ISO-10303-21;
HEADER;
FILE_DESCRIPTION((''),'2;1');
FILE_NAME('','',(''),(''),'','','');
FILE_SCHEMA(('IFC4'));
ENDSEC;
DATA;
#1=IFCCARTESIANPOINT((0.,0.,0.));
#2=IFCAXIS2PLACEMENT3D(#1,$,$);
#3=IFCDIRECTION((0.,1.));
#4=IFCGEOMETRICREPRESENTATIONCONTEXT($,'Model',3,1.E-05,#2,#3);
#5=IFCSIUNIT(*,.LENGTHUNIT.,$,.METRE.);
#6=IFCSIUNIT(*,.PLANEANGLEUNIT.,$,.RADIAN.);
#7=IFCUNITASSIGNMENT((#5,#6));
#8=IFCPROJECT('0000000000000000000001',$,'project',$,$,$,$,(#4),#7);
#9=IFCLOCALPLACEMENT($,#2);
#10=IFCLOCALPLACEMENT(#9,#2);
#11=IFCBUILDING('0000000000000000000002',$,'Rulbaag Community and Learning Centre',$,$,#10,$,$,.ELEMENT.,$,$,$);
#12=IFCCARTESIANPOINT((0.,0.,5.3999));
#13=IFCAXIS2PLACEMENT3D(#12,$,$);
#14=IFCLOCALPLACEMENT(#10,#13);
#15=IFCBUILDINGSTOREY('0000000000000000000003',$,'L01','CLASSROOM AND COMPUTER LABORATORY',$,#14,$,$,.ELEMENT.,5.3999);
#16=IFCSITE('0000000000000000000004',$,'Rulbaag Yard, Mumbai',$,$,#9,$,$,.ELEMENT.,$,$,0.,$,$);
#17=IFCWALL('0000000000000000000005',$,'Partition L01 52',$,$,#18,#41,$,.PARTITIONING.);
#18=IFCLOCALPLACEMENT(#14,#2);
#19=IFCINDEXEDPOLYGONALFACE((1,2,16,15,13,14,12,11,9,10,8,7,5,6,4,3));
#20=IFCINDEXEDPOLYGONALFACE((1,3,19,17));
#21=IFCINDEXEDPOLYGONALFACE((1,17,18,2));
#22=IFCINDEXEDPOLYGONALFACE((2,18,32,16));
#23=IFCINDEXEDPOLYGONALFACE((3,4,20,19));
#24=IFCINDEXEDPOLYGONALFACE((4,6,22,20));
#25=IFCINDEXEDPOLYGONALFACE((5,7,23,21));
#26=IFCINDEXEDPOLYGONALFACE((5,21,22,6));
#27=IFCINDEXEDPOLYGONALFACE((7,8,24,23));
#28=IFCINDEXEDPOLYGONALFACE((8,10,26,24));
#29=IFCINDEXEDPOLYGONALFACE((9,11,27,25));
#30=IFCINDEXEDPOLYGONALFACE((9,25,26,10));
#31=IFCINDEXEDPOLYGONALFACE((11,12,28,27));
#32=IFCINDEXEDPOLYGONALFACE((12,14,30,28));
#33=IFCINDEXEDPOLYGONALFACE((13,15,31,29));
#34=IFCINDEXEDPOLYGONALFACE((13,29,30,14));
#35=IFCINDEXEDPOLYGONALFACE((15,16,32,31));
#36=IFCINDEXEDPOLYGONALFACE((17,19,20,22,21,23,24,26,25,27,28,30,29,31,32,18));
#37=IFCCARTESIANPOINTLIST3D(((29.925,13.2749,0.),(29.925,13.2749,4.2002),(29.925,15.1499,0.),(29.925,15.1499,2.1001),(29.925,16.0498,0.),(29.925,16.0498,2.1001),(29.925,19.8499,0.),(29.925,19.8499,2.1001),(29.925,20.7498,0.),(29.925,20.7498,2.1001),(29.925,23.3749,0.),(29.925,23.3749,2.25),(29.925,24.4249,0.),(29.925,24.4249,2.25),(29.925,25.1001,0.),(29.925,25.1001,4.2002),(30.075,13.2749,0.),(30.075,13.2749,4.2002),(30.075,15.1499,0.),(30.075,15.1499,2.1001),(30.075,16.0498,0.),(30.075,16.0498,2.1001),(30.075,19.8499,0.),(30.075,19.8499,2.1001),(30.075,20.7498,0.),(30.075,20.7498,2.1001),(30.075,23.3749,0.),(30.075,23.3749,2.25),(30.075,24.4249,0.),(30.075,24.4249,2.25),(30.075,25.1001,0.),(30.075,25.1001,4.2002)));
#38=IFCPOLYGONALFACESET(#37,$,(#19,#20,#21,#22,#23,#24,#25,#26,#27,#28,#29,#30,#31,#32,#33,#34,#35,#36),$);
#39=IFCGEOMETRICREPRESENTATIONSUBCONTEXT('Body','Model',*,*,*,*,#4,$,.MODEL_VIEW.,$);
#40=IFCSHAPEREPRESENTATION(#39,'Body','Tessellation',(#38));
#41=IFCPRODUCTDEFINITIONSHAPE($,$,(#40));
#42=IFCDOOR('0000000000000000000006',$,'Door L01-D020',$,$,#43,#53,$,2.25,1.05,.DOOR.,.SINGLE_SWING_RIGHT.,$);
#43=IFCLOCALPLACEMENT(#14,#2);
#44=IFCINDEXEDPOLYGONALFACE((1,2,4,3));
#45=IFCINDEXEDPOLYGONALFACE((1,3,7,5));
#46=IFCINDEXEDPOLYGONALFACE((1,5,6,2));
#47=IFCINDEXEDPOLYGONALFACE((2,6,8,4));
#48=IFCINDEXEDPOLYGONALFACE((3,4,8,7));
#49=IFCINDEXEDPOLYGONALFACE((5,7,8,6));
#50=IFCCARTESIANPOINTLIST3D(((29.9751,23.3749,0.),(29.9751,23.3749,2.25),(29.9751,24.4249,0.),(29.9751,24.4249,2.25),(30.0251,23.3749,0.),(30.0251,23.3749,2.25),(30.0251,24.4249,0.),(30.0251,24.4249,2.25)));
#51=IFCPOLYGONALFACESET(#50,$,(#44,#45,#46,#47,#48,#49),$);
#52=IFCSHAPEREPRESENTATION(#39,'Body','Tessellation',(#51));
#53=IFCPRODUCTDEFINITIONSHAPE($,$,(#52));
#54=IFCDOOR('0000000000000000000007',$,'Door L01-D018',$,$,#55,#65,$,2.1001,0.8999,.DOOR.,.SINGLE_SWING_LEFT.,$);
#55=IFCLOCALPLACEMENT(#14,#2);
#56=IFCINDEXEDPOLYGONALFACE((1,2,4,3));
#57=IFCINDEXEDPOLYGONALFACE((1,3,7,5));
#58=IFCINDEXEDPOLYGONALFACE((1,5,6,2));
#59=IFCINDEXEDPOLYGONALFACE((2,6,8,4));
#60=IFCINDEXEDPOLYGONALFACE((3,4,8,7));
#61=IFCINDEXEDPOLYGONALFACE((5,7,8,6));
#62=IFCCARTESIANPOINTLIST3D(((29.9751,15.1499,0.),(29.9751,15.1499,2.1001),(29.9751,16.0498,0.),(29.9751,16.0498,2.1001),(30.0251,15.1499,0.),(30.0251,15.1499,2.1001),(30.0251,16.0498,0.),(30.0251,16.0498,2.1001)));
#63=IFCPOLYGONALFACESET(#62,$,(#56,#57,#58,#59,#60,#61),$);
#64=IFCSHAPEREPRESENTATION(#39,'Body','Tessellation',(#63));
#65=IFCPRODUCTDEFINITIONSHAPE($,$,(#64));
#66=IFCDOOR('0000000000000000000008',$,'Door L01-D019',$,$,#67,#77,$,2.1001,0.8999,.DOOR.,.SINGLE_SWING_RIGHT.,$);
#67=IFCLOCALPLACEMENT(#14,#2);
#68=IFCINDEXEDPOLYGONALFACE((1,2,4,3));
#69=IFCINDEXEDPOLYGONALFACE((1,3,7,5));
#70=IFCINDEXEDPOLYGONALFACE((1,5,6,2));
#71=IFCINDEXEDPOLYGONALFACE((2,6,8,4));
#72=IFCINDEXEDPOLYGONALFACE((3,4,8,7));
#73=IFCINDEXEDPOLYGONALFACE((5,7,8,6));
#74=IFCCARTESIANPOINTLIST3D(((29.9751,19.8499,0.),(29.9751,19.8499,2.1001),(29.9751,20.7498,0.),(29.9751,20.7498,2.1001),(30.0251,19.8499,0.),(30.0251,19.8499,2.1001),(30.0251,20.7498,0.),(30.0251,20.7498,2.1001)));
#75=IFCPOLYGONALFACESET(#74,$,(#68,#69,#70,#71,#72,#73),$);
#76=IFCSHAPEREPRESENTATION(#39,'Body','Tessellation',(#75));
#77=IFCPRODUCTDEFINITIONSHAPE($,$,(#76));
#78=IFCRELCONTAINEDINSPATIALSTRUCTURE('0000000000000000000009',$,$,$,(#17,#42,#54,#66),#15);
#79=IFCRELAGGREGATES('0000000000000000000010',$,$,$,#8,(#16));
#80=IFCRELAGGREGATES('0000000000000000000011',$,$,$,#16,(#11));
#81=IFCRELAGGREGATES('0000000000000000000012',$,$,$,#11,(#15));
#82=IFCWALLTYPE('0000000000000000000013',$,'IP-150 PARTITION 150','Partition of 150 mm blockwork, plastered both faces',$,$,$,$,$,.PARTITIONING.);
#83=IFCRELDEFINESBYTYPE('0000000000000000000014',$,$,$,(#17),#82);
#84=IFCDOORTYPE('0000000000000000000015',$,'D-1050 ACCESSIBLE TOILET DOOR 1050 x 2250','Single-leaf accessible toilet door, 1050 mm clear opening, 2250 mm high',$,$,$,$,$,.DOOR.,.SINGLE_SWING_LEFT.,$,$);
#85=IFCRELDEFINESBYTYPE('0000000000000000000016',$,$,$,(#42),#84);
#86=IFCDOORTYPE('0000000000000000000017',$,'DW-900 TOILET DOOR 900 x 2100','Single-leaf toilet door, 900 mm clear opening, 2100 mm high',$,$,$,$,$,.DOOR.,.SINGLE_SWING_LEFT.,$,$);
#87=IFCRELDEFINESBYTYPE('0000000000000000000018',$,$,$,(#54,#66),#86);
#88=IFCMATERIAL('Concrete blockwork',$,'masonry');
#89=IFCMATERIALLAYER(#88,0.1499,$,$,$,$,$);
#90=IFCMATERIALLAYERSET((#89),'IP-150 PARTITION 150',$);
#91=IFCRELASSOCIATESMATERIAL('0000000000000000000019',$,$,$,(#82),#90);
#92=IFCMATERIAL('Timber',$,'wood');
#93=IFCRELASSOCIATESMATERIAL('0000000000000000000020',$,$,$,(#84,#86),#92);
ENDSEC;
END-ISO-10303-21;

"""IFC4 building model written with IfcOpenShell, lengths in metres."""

from ifc_helpers import new_model, si_unit, direction, frame, frame_2d, origin, place, context, subcontext, project, spatial, rectangle, extrude, material, layer, layer_set, type_object, element, fill, save


model = new_model("IFC4")

# Units and contexts
model_context = context("Model", 3, precision=1e-05, world=origin(), true_north=direction((0.0, 1.0)))
body_context = subcontext(model_context, "Body", "Model", "MODEL_VIEW")
ifc_project = project(units=[si_unit("LENGTHUNIT", "METRE"), si_unit("PLANEANGLEUNIT", "RADIAN")], contexts=[model_context])

# Site, building, storey
site_placement = place(None, origin())
site = spatial("IfcSite", under=ifc_project, at=site_placement, Name="Rulbaag Yard, Mumbai", CompositionType="ELEMENT", RefElevation=0.0)
building_placement = place(site_placement, origin())
building = spatial("IfcBuilding", under=site, at=building_placement, Name="Rulbaag Community and Learning Centre", CompositionType="ELEMENT")
storey_placement = place(building_placement, frame((0.0, 0.0, 5.3999)))
storey = spatial("IfcBuildingStorey", under=building, at=storey_placement, Name="L01", Description="CLASSROOM AND COMPUTER LABORATORY", CompositionType="ELEMENT", Elevation=5.3999)

# Shared definitions
ifc_material_1 = material(Name="Concrete blockwork", Category="masonry")
ifc_layer_1 = layer(ifc_material_1, 0.1499)
ifc_layer_set_1 = layer_set([ifc_layer_1], Name="IP-150 PARTITION 150")
wall_type_1 = type_object("IfcWallType", Name="IP-150 PARTITION 150", Description="Partition of 150 mm blockwork, plastered both faces", PredefinedType="PARTITIONING", material=ifc_layer_set_1)

# Shared definitions
ifc_material_2 = material(Name="Timber", Category="wood")

# Wall, openings, doors
wall_1_placement = place(storey_placement, frame((30.0, 13.2749, 0.0), z_axis=(0.0, 0.0, 1.0), x_axis=(0.0, 1.0, 0.0)))
wall_1 = element("IfcWall", 1, at=wall_1_placement, inside=storey, type_object=wall_type_1, Name="Partition L01 52", PredefinedType="PARTITIONING", context=body_context, shape_type="SweptSolid", body=[
    extrude(rectangle(XDim=11.8252, YDim=0.1499, at=frame_2d((5.9126, 0.0))), origin(), (0.0, 0.0, 1.0), 4.2002),
])
opening_1_placement = place(wall_1_placement, frame((1.875, 0.0, 0.0)))
opening_1 = element("IfcOpeningElement", 2, at=opening_1_placement, cuts=wall_1, PredefinedType="OPENING", context=body_context, shape_type="SweptSolid", body=[
    extrude(rectangle(XDim=0.8999, YDim=2.1001, at=frame_2d((0.45, 1.05))), frame((0.0, 0.085, 0.0), z_axis=(0.0, -1.0, 0.0), x_axis=(1.0, 0.0, 0.0)), (0.0, 0.0, 1.0), 0.1699),
])
opening_2_placement = place(wall_1_placement, frame((6.575, 0.0, 0.0)))
opening_2 = element("IfcOpeningElement", 3, at=opening_2_placement, cuts=wall_1, PredefinedType="OPENING", context=body_context, shape_type="SweptSolid", body=[
    extrude(rectangle(XDim=0.8999, YDim=2.1001, at=frame_2d((0.45, 1.05))), frame((0.0, 0.085, 0.0), z_axis=(0.0, -1.0, 0.0), x_axis=(1.0, 0.0, 0.0)), (0.0, 0.0, 1.0), 0.1699),
])
opening_3_placement = place(wall_1_placement, frame((10.1001, 0.0, 0.0)))
opening_3 = element("IfcOpeningElement", 4, at=opening_3_placement, cuts=wall_1, PredefinedType="OPENING", context=body_context, shape_type="SweptSolid", body=[
    extrude(rectangle(XDim=1.05, YDim=2.25, at=frame_2d((0.5249, 1.125))), frame((0.0, 0.085, 0.0), z_axis=(0.0, -1.0, 0.0), x_axis=(1.0, 0.0, 0.0)), (0.0, 0.0, 1.0), 0.1699),
])
door_type_1 = type_object("IfcDoorType", Name="D-1050 ACCESSIBLE TOILET DOOR 1050 x 2250", Description="Single-leaf accessible toilet door, 1050 mm clear opening, 2250 mm high", OperationType="SINGLE_SWING_LEFT", PredefinedType="DOOR", material=ifc_material_2)
door_1_placement = place(opening_3_placement, origin())
door_1 = element("IfcDoor", 5, at=door_1_placement, inside=storey, type_object=door_type_1, Name="Door L01-D020", OperationType="SINGLE_SWING_RIGHT", OverallHeight=2.25, OverallWidth=1.05, PredefinedType="DOOR", context=body_context, shape_type="SweptSolid", body=[
    extrude(rectangle(XDim=1.05, YDim=2.25, at=frame_2d((0.5249, 1.125))), frame((0.0, 0.0249, 0.0), z_axis=(0.0, -1.0, 0.0), x_axis=(1.0, 0.0, 0.0)), (0.0, 0.0, 1.0), 0.05),
])
fill(opening_3, door_1)
door_type_2 = type_object("IfcDoorType", Name="DW-900 TOILET DOOR 900 x 2100", Description="Single-leaf toilet door, 900 mm clear opening, 2100 mm high", OperationType="SINGLE_SWING_LEFT", PredefinedType="DOOR", material=ifc_material_2)
door_2_placement = place(opening_1_placement, origin())
door_2 = element("IfcDoor", 6, at=door_2_placement, inside=storey, type_object=door_type_2, Name="Door L01-D018", OperationType="SINGLE_SWING_LEFT", OverallHeight=2.1001, OverallWidth=0.8999, PredefinedType="DOOR", context=body_context, shape_type="SweptSolid", body=[
    extrude(rectangle(XDim=0.8999, YDim=2.1001, at=frame_2d((0.45, 1.05))), frame((0.0, 0.0249, 0.0), z_axis=(0.0, -1.0, 0.0), x_axis=(1.0, 0.0, 0.0)), (0.0, 0.0, 1.0), 0.05),
])
fill(opening_1, door_2)
door_3_placement = place(opening_2_placement, origin())
door_3 = element("IfcDoor", 7, at=door_3_placement, inside=storey, type_object=door_type_2, Name="Door L01-D019", OperationType="SINGLE_SWING_RIGHT", OverallHeight=2.1001, OverallWidth=0.8999, PredefinedType="DOOR", context=body_context, shape_type="SweptSolid", body=[
    extrude(rectangle(XDim=0.8999, YDim=2.1001, at=frame_2d((0.45, 1.05))), frame((0.0, 0.0249, 0.0), z_axis=(0.0, -1.0, 0.0), x_axis=(1.0, 0.0, 0.0)), (0.0, 0.0, 1.0), 0.05),
])
fill(opening_2, door_3)

save(model, "model.ifc")
